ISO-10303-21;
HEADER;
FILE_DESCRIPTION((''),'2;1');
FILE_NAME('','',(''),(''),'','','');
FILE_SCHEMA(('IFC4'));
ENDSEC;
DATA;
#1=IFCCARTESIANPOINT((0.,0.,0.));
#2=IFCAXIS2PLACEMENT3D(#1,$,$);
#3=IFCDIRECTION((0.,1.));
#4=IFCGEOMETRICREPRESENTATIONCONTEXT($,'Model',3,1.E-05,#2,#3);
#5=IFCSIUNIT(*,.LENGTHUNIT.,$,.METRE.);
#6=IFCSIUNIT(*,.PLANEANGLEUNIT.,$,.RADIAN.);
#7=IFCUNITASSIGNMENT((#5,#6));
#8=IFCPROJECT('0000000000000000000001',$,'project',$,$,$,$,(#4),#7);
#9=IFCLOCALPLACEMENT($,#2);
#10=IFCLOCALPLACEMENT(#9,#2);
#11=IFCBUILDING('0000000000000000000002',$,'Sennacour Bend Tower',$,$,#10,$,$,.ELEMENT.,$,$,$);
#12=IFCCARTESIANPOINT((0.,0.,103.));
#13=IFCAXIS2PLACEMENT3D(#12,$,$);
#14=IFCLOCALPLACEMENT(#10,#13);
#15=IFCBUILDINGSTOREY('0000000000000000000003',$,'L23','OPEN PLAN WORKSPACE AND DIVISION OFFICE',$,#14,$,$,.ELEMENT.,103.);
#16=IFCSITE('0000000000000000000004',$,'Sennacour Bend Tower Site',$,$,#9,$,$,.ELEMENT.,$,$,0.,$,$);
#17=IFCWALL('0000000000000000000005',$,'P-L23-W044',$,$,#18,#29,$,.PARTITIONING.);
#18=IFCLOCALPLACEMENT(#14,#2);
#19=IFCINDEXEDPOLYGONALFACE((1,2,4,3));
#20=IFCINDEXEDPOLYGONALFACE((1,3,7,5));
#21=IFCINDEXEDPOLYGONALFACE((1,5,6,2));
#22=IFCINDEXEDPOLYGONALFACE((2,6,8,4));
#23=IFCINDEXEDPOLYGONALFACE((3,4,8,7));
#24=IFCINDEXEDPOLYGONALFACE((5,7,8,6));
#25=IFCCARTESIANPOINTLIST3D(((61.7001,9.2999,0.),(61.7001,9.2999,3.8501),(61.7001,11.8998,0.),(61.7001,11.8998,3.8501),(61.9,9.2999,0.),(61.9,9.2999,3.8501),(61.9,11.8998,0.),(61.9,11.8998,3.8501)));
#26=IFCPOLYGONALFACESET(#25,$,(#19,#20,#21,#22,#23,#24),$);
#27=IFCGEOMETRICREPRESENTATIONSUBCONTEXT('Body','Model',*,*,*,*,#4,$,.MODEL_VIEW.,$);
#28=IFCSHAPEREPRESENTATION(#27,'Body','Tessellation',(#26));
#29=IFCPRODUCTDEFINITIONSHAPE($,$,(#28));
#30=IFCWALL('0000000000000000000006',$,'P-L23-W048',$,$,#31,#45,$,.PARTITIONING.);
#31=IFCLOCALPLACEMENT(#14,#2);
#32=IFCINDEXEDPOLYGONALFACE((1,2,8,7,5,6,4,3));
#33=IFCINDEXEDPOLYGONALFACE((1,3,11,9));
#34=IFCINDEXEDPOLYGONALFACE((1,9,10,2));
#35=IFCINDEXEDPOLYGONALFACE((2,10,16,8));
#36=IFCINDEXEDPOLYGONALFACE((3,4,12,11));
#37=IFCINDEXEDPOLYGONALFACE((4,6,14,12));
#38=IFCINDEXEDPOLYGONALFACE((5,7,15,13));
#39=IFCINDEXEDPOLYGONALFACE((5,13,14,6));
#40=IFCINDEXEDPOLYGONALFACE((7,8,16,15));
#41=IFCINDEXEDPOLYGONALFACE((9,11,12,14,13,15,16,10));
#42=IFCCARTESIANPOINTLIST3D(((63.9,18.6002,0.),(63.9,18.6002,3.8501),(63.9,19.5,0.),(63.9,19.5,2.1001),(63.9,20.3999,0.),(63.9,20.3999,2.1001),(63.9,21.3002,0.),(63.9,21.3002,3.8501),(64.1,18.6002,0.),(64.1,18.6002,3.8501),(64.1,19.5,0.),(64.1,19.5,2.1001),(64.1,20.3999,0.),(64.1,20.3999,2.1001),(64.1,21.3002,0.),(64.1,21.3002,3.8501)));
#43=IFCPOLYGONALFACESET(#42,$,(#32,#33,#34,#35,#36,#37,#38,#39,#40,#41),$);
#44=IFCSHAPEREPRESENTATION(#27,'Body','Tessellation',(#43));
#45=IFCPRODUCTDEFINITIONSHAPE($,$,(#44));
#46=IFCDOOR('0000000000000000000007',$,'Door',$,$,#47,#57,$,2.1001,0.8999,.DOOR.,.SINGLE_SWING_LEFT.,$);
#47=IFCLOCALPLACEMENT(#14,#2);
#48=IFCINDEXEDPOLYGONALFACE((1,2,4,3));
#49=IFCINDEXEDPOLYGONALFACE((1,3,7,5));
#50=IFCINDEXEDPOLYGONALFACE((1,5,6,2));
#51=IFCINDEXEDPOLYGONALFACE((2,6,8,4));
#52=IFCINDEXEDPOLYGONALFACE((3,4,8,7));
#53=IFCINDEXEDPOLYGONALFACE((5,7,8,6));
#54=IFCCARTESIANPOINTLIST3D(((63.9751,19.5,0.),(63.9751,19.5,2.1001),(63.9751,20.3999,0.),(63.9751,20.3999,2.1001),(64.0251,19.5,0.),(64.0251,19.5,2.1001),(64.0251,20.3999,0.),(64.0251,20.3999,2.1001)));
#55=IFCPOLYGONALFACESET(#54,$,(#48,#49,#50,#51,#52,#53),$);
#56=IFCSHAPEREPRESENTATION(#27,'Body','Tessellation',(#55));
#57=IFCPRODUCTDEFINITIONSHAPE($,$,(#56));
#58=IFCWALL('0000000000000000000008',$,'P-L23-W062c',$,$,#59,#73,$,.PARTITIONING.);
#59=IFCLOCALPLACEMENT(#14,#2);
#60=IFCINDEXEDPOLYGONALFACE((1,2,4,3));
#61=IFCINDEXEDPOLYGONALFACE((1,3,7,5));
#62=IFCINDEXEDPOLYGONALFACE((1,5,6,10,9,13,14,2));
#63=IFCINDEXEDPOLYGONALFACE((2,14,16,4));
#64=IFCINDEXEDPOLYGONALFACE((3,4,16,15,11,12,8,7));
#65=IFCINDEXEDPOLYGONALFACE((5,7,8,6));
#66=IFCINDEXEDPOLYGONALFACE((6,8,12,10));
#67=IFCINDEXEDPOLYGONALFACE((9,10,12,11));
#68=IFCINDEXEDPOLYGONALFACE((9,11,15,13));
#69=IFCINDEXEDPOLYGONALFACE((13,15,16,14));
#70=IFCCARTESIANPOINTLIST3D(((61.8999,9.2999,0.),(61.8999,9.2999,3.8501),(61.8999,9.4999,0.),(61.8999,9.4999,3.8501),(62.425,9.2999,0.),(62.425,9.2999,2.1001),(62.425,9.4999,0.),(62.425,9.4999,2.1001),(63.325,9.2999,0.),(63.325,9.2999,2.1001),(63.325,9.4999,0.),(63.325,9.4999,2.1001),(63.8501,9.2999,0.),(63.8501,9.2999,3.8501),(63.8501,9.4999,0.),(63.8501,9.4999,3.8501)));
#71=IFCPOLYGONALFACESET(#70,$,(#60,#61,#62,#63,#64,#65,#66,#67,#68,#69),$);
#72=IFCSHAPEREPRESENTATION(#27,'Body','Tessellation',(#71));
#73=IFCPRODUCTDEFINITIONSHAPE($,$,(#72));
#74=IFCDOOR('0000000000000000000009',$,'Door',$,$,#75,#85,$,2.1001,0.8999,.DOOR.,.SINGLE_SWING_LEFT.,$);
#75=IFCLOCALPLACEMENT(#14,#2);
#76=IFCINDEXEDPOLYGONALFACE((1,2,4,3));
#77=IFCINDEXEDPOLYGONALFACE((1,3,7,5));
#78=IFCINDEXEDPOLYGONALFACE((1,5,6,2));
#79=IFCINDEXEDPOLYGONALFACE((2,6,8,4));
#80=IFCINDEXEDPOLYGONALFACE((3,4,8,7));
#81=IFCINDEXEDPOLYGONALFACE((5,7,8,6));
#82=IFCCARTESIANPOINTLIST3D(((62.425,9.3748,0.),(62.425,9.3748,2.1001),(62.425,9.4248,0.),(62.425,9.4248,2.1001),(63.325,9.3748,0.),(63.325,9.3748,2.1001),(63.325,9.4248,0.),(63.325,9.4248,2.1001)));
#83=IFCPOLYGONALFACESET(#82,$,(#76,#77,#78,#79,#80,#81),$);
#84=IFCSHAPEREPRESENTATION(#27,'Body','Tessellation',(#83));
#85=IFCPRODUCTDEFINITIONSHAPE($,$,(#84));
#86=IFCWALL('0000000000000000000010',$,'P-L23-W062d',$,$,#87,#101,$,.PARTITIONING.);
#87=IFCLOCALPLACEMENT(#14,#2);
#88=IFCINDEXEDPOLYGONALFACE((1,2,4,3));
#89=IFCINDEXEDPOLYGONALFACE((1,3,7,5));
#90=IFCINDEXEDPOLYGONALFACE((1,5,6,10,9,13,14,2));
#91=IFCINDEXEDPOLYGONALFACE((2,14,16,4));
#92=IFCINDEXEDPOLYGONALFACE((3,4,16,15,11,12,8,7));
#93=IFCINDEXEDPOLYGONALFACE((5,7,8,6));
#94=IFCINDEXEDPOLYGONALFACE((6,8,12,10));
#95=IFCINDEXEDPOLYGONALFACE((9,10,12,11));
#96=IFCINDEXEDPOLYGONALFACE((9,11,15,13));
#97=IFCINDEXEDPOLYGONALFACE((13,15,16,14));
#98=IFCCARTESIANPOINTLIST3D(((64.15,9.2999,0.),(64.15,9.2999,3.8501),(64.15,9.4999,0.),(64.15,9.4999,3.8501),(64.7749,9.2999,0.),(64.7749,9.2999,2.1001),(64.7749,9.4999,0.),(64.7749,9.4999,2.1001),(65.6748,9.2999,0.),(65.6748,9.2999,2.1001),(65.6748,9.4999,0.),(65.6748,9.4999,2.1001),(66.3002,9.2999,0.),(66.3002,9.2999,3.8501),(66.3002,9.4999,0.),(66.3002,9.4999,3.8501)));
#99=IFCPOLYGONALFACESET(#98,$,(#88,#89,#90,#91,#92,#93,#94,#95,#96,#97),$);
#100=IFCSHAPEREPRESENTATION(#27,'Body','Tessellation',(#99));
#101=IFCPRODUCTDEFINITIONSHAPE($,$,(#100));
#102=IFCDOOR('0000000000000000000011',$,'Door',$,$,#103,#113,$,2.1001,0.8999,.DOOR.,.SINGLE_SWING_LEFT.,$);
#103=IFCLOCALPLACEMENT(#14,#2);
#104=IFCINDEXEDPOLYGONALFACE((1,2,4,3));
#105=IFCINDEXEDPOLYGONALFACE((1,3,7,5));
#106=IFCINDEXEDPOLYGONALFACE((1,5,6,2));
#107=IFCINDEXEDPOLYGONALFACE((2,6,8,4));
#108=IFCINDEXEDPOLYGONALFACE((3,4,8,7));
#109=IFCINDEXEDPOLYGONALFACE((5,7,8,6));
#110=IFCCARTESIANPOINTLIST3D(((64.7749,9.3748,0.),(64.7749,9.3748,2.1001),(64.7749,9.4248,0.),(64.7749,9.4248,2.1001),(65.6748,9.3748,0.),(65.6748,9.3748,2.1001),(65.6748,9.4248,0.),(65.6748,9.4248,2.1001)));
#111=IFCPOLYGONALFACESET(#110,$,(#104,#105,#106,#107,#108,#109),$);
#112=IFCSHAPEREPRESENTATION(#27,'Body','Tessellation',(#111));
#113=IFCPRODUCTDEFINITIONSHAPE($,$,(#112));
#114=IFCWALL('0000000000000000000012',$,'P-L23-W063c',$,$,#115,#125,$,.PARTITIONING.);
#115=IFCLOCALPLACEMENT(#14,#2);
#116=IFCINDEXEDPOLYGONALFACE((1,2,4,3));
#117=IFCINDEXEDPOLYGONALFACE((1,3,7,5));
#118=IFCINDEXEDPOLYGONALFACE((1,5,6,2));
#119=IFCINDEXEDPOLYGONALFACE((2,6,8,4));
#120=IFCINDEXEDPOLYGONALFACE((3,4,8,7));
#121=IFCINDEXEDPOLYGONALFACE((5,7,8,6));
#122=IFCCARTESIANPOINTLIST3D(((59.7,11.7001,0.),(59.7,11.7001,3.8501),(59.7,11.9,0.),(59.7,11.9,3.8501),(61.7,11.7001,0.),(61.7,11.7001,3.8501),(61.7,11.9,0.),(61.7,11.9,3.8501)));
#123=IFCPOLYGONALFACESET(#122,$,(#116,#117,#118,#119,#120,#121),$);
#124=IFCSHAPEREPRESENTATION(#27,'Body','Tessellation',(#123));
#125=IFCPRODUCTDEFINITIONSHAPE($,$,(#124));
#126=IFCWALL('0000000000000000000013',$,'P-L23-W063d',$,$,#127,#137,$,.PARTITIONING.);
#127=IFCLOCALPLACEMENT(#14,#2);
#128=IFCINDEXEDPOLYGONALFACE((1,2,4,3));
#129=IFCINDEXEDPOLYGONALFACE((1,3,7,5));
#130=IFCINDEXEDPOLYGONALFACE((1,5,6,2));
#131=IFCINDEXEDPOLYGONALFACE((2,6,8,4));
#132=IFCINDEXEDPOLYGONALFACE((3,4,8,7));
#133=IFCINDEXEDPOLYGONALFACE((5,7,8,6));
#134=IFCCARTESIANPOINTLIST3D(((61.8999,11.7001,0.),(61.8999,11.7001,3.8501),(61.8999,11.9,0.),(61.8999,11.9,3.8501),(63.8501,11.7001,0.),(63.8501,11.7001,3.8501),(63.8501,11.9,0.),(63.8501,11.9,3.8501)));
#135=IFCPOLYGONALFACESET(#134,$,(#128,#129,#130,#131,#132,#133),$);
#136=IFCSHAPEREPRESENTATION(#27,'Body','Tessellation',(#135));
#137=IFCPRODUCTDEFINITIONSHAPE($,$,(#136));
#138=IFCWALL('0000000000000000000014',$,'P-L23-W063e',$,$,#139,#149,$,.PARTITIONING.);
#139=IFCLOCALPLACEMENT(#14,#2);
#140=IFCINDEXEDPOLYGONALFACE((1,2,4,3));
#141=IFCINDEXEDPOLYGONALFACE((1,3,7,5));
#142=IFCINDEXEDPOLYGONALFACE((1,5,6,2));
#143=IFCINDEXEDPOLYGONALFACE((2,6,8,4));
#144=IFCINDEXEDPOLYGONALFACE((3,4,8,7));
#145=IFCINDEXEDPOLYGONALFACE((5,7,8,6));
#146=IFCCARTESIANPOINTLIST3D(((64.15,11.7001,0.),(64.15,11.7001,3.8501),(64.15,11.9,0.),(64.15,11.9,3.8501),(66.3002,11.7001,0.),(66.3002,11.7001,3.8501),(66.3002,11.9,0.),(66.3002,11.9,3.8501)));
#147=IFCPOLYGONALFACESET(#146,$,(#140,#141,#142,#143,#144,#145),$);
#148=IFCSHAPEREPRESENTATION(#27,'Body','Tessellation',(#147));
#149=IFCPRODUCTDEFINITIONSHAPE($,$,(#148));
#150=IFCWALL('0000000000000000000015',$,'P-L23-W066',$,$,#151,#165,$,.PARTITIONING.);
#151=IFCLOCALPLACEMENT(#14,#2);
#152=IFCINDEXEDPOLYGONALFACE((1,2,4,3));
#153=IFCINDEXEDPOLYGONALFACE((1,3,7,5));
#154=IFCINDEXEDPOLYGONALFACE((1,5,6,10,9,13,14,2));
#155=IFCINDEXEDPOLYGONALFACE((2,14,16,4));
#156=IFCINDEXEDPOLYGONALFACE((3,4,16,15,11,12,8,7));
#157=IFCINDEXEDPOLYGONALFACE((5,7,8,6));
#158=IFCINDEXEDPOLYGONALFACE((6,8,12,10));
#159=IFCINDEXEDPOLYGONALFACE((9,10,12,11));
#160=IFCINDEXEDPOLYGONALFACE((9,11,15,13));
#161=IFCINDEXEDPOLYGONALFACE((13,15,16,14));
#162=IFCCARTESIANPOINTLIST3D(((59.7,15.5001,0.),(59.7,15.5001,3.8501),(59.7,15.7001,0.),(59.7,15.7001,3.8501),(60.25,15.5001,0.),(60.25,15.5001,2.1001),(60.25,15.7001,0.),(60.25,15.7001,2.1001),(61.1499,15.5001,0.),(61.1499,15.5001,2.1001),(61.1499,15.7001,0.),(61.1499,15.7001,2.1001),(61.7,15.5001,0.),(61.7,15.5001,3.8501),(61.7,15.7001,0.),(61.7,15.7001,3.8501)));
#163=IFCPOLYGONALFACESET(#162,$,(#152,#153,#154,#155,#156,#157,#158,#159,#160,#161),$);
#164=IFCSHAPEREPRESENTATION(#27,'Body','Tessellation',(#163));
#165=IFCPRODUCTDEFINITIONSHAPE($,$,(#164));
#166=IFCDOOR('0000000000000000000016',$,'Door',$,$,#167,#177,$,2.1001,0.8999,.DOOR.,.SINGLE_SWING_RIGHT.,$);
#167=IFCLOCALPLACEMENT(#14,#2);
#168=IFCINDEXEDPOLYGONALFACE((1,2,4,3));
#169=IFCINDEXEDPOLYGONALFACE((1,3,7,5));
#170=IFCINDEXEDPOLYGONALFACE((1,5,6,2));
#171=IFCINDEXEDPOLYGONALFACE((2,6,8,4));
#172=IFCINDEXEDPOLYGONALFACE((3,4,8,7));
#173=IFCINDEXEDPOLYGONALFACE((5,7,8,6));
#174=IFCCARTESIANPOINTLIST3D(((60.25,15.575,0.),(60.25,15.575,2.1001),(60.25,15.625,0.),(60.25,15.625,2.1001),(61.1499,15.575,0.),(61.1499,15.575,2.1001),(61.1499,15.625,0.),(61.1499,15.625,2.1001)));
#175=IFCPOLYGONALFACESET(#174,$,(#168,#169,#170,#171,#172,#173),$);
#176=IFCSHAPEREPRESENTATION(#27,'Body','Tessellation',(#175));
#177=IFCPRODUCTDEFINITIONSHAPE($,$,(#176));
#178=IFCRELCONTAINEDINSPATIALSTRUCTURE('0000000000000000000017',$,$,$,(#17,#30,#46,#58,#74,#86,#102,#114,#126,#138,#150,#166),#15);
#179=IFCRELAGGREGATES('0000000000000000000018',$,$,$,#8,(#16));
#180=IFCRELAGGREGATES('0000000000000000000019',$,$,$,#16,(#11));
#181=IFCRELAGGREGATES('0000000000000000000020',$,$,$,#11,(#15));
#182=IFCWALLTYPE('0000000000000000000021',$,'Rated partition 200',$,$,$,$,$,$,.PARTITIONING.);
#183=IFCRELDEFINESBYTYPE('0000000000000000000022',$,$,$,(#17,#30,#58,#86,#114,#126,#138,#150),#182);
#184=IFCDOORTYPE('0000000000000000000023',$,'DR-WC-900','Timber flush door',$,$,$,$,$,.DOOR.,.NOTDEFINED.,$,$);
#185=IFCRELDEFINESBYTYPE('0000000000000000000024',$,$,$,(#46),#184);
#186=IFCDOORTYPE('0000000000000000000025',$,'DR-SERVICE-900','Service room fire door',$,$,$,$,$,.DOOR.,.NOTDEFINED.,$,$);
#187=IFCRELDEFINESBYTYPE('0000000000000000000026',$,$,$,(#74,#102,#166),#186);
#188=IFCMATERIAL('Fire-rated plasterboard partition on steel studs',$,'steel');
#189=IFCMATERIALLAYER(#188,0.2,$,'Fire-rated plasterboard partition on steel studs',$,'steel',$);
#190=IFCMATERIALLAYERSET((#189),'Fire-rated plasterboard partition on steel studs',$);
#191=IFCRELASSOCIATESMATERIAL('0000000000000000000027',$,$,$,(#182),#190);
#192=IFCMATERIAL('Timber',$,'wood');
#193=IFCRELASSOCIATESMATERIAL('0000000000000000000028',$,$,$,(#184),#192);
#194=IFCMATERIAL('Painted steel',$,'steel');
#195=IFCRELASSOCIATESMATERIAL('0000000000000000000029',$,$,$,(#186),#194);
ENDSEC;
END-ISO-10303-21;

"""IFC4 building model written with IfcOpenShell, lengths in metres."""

from ifc_helpers import new_model, si_unit, direction, frame, frame_2d, origin, place, context, subcontext, project, spatial, rectangle, extrude, material, layer, layer_set, type_object, element, fill, save


model = new_model("IFC4")

# Units and contexts
model_context = context("Model", 3, precision=1e-05, world=origin(), true_north=direction((0.0, 1.0)))
body_context = subcontext(model_context, "Body", "Model", "MODEL_VIEW")
ifc_project = project(units=[si_unit("LENGTHUNIT", "METRE"), si_unit("PLANEANGLEUNIT", "RADIAN")], contexts=[model_context])

# Site, building, storey
site_placement = place(None, origin())
site = spatial("IfcSite", under=ifc_project, at=site_placement, Name="Sennacour Bend Tower Site", CompositionType="ELEMENT", RefElevation=0.0)
building_placement = place(site_placement, origin())
building = spatial("IfcBuilding", under=site, at=building_placement, Name="Sennacour Bend Tower", CompositionType="ELEMENT")
storey_placement = place(building_placement, frame((0.0, 0.0, 103.0)))
storey = spatial("IfcBuildingStorey", under=building, at=storey_placement, Name="L23", Description="OPEN PLAN WORKSPACE AND DIVISION OFFICE", CompositionType="ELEMENT", Elevation=103.0)

# Wall
ifc_material_1 = material(Name="Fire-rated plasterboard partition on steel studs", Category="steel")
ifc_layer_1 = layer(ifc_material_1, 0.2, Name="Fire-rated plasterboard partition on steel studs", Category="steel")
ifc_layer_set_1 = layer_set([ifc_layer_1], Name="Fire-rated plasterboard partition on steel studs")
wall_type_1 = type_object("IfcWallType", Name="Rated partition 200", PredefinedType="PARTITIONING", material=ifc_layer_set_1)
wall_1_placement = place(storey_placement, frame((61.8, 9.3, 0.0), z_axis=(0.0, 0.0, 1.0), x_axis=(0.0, 1.0, 0.0)))
element("IfcWall", 1, at=wall_1_placement, inside=storey, type_object=wall_type_1, Name="P-L23-W044", PredefinedType="PARTITIONING", context=body_context, shape_type="SweptSolid", body=[
    extrude(rectangle(XDim=2.5999, YDim=0.2, at=frame_2d((1.2998, 0.0))), origin(), (0.0, 0.0, 1.0), 3.8501),
])

# Walls, openings, doors
wall_2_placement = place(storey_placement, frame((64.0, 18.6001, 0.0), z_axis=(0.0, 0.0, 1.0), x_axis=(0.0, 1.0, 0.0)))
wall_2 = element("IfcWall", 2, at=wall_2_placement, inside=storey, type_object=wall_type_1, Name="P-L23-W048", PredefinedType="PARTITIONING", context=body_context, shape_type="SweptSolid", body=[
    extrude(rectangle(XDim=2.7, YDim=0.2, at=frame_2d((1.3501, 0.0))), origin(), (0.0, 0.0, 1.0), 3.8501),
])
opening_1_placement = place(wall_2_placement, frame((0.8999, 0.0, 0.0)))
opening_1 = element("IfcOpeningElement", 3, at=opening_1_placement, cuts=wall_2, PredefinedType="OPENING", context=body_context, shape_type="SweptSolid", body=[
    extrude(rectangle(XDim=0.8999, YDim=2.1001, at=frame_2d((0.45, 1.05))), frame((0.0, 0.1099, 0.0), z_axis=(0.0, -1.0, 0.0), x_axis=(1.0, 0.0, 0.0)), (0.0, 0.0, 1.0), 0.22),
])
ifc_material_2 = material(Name="Timber", Category="wood")
door_type_1 = type_object("IfcDoorType", Name="DR-WC-900", Description="Timber flush door", OperationType="NOTDEFINED", PredefinedType="DOOR", material=ifc_material_2)
door_1_placement = place(opening_1_placement, origin())
door_1 = element("IfcDoor", 4, at=door_1_placement, inside=storey, type_object=door_type_1, Name="Door", OperationType="SINGLE_SWING_LEFT", OverallHeight=2.1001, OverallWidth=0.8999, PredefinedType="DOOR", context=body_context, shape_type="SweptSolid", body=[
    extrude(rectangle(XDim=0.8999, YDim=2.1001, at=frame_2d((0.45, 1.05))), frame((0.0, 0.0249, 0.0), z_axis=(0.0, -1.0, 0.0), x_axis=(1.0, 0.0, 0.0)), (0.0, 0.0, 1.0), 0.05),
])
fill(opening_1, door_1)
wall_3_placement = place(storey_placement, frame((61.8999, 9.3999, 0.0), z_axis=(0.0, 0.0, 1.0), x_axis=(1.0, 0.0, 0.0)))
wall_3 = element("IfcWall", 5, at=wall_3_placement, inside=storey, type_object=wall_type_1, Name="P-L23-W062c", PredefinedType="PARTITIONING", context=body_context, shape_type="SweptSolid", body=[
    extrude(rectangle(XDim=1.9502, YDim=0.2, at=frame_2d((0.9751, 0.0))), origin(), (0.0, 0.0, 1.0), 3.8501),
])
opening_2_placement = place(wall_3_placement, frame((0.5251, 0.0, 0.0)))
opening_2 = element("IfcOpeningElement", 6, at=opening_2_placement, cuts=wall_3, PredefinedType="OPENING", context=body_context, shape_type="SweptSolid", body=[
    extrude(rectangle(XDim=0.8999, YDim=2.1001, at=frame_2d((0.45, 1.05))), frame((0.0, 0.1099, 0.0), z_axis=(0.0, -1.0, 0.0), x_axis=(1.0, 0.0, 0.0)), (0.0, 0.0, 1.0), 0.22),
])
ifc_material_3 = material(Name="Painted steel", Category="steel")
door_type_2 = type_object("IfcDoorType", Name="DR-SERVICE-900", Description="Service room fire door", OperationType="NOTDEFINED", PredefinedType="DOOR", material=ifc_material_3)
door_2_placement = place(opening_2_placement, origin())
door_2 = element("IfcDoor", 7, at=door_2_placement, inside=storey, type_object=door_type_2, Name="Door", OperationType="SINGLE_SWING_LEFT", OverallHeight=2.1001, OverallWidth=0.8999, PredefinedType="DOOR", context=body_context, shape_type="SweptSolid", body=[
    extrude(rectangle(XDim=0.8999, YDim=2.1001, at=frame_2d((0.45, 1.05))), frame((0.0, 0.0249, 0.0), z_axis=(0.0, -1.0, 0.0), x_axis=(1.0, 0.0, 0.0)), (0.0, 0.0, 1.0), 0.05),
])
fill(opening_2, door_2)
wall_4_placement = place(storey_placement, frame((64.1499, 9.3999, 0.0), z_axis=(0.0, 0.0, 1.0), x_axis=(1.0, 0.0, 0.0)))
wall_4 = element("IfcWall", 8, at=wall_4_placement, inside=storey, type_object=wall_type_1, Name="P-L23-W062d", PredefinedType="PARTITIONING", context=body_context, shape_type="SweptSolid", body=[
    extrude(rectangle(XDim=2.1501, YDim=0.2, at=frame_2d((1.0752, 0.0))), origin(), (0.0, 0.0, 1.0), 3.8501),
])
opening_3_placement = place(wall_4_placement, frame((0.625, 0.0, 0.0)))
opening_3 = element("IfcOpeningElement", 9, at=opening_3_placement, cuts=wall_4, PredefinedType="OPENING", context=body_context, shape_type="SweptSolid", body=[
    extrude(rectangle(XDim=0.8999, YDim=2.1001, at=frame_2d((0.45, 1.05))), frame((0.0, 0.1099, 0.0), z_axis=(0.0, -1.0, 0.0), x_axis=(1.0, 0.0, 0.0)), (0.0, 0.0, 1.0), 0.22),
])
door_3_placement = place(opening_3_placement, origin())
door_3 = element("IfcDoor", 10, at=door_3_placement, inside=storey, type_object=door_type_2, Name="Door", OperationType="SINGLE_SWING_LEFT", OverallHeight=2.1001, OverallWidth=0.8999, PredefinedType="DOOR", context=body_context, shape_type="SweptSolid", body=[
    extrude(rectangle(XDim=0.8999, YDim=2.1001, at=frame_2d((0.45, 1.05))), frame((0.0, 0.0249, 0.0), z_axis=(0.0, -1.0, 0.0), x_axis=(1.0, 0.0, 0.0)), (0.0, 0.0, 1.0), 0.05),
])
fill(opening_3, door_3)

# Walls
wall_5_placement = place(storey_placement, frame((59.7, 11.8, 0.0), z_axis=(0.0, 0.0, 1.0), x_axis=(1.0, 0.0, 0.0)))
element("IfcWall", 11, at=wall_5_placement, inside=storey, type_object=wall_type_1, Name="P-L23-W063c", PredefinedType="PARTITIONING", context=body_context, shape_type="SweptSolid", body=[
    extrude(rectangle(XDim=2.0, YDim=0.2, at=frame_2d((1.0, 0.0))), origin(), (0.0, 0.0, 1.0), 3.8501),
])
wall_6_placement = place(storey_placement, frame((61.8999, 11.8, 0.0), z_axis=(0.0, 0.0, 1.0), x_axis=(1.0, 0.0, 0.0)))
element("IfcWall", 12, at=wall_6_placement, inside=storey, type_object=wall_type_1, Name="P-L23-W063d", PredefinedType="PARTITIONING", context=body_context, shape_type="SweptSolid", body=[
    extrude(rectangle(XDim=1.9502, YDim=0.2, at=frame_2d((0.9751, 0.0))), origin(), (0.0, 0.0, 1.0), 3.8501),
])
wall_7_placement = place(storey_placement, frame((64.1499, 11.8, 0.0), z_axis=(0.0, 0.0, 1.0), x_axis=(1.0, 0.0, 0.0)))
element("IfcWall", 13, at=wall_7_placement, inside=storey, type_object=wall_type_1, Name="P-L23-W063e", PredefinedType="PARTITIONING", context=body_context, shape_type="SweptSolid", body=[
    extrude(rectangle(XDim=2.1501, YDim=0.2, at=frame_2d((1.0752, 0.0))), origin(), (0.0, 0.0, 1.0), 3.8501),
])

# Wall, opening, door
wall_8_placement = place(storey_placement, frame((59.7, 15.6001, 0.0), z_axis=(0.0, 0.0, 1.0), x_axis=(1.0, 0.0, 0.0)))
wall_8 = element("IfcWall", 14, at=wall_8_placement, inside=storey, type_object=wall_type_1, Name="P-L23-W066", PredefinedType="PARTITIONING", context=body_context, shape_type="SweptSolid", body=[
    extrude(rectangle(XDim=2.0, YDim=0.2, at=frame_2d((1.0, 0.0))), origin(), (0.0, 0.0, 1.0), 3.8501),
])
opening_4_placement = place(wall_8_placement, frame((0.55, 0.0, 0.0)))
opening_4 = element("IfcOpeningElement", 15, at=opening_4_placement, cuts=wall_8, PredefinedType="OPENING", context=body_context, shape_type="SweptSolid", body=[
    extrude(rectangle(XDim=0.8999, YDim=2.1001, at=frame_2d((0.45, 1.05))), frame((0.0, 0.1099, 0.0), z_axis=(0.0, -1.0, 0.0), x_axis=(1.0, 0.0, 0.0)), (0.0, 0.0, 1.0), 0.22),
])
door_4_placement = place(opening_4_placement, origin())
door_4 = element("IfcDoor", 16, at=door_4_placement, inside=storey, type_object=door_type_2, Name="Door", OperationType="SINGLE_SWING_RIGHT", OverallHeight=2.1001, OverallWidth=0.8999, PredefinedType="DOOR", context=body_context, shape_type="SweptSolid", body=[
    extrude(rectangle(XDim=0.8999, YDim=2.1001, at=frame_2d((0.45, 1.05))), frame((0.0, 0.0249, 0.0), z_axis=(0.0, -1.0, 0.0), x_axis=(1.0, 0.0, 0.0)), (0.0, 0.0, 1.0), 0.05),
])
fill(opening_4, door_4)

save(model, "model.ifc")
